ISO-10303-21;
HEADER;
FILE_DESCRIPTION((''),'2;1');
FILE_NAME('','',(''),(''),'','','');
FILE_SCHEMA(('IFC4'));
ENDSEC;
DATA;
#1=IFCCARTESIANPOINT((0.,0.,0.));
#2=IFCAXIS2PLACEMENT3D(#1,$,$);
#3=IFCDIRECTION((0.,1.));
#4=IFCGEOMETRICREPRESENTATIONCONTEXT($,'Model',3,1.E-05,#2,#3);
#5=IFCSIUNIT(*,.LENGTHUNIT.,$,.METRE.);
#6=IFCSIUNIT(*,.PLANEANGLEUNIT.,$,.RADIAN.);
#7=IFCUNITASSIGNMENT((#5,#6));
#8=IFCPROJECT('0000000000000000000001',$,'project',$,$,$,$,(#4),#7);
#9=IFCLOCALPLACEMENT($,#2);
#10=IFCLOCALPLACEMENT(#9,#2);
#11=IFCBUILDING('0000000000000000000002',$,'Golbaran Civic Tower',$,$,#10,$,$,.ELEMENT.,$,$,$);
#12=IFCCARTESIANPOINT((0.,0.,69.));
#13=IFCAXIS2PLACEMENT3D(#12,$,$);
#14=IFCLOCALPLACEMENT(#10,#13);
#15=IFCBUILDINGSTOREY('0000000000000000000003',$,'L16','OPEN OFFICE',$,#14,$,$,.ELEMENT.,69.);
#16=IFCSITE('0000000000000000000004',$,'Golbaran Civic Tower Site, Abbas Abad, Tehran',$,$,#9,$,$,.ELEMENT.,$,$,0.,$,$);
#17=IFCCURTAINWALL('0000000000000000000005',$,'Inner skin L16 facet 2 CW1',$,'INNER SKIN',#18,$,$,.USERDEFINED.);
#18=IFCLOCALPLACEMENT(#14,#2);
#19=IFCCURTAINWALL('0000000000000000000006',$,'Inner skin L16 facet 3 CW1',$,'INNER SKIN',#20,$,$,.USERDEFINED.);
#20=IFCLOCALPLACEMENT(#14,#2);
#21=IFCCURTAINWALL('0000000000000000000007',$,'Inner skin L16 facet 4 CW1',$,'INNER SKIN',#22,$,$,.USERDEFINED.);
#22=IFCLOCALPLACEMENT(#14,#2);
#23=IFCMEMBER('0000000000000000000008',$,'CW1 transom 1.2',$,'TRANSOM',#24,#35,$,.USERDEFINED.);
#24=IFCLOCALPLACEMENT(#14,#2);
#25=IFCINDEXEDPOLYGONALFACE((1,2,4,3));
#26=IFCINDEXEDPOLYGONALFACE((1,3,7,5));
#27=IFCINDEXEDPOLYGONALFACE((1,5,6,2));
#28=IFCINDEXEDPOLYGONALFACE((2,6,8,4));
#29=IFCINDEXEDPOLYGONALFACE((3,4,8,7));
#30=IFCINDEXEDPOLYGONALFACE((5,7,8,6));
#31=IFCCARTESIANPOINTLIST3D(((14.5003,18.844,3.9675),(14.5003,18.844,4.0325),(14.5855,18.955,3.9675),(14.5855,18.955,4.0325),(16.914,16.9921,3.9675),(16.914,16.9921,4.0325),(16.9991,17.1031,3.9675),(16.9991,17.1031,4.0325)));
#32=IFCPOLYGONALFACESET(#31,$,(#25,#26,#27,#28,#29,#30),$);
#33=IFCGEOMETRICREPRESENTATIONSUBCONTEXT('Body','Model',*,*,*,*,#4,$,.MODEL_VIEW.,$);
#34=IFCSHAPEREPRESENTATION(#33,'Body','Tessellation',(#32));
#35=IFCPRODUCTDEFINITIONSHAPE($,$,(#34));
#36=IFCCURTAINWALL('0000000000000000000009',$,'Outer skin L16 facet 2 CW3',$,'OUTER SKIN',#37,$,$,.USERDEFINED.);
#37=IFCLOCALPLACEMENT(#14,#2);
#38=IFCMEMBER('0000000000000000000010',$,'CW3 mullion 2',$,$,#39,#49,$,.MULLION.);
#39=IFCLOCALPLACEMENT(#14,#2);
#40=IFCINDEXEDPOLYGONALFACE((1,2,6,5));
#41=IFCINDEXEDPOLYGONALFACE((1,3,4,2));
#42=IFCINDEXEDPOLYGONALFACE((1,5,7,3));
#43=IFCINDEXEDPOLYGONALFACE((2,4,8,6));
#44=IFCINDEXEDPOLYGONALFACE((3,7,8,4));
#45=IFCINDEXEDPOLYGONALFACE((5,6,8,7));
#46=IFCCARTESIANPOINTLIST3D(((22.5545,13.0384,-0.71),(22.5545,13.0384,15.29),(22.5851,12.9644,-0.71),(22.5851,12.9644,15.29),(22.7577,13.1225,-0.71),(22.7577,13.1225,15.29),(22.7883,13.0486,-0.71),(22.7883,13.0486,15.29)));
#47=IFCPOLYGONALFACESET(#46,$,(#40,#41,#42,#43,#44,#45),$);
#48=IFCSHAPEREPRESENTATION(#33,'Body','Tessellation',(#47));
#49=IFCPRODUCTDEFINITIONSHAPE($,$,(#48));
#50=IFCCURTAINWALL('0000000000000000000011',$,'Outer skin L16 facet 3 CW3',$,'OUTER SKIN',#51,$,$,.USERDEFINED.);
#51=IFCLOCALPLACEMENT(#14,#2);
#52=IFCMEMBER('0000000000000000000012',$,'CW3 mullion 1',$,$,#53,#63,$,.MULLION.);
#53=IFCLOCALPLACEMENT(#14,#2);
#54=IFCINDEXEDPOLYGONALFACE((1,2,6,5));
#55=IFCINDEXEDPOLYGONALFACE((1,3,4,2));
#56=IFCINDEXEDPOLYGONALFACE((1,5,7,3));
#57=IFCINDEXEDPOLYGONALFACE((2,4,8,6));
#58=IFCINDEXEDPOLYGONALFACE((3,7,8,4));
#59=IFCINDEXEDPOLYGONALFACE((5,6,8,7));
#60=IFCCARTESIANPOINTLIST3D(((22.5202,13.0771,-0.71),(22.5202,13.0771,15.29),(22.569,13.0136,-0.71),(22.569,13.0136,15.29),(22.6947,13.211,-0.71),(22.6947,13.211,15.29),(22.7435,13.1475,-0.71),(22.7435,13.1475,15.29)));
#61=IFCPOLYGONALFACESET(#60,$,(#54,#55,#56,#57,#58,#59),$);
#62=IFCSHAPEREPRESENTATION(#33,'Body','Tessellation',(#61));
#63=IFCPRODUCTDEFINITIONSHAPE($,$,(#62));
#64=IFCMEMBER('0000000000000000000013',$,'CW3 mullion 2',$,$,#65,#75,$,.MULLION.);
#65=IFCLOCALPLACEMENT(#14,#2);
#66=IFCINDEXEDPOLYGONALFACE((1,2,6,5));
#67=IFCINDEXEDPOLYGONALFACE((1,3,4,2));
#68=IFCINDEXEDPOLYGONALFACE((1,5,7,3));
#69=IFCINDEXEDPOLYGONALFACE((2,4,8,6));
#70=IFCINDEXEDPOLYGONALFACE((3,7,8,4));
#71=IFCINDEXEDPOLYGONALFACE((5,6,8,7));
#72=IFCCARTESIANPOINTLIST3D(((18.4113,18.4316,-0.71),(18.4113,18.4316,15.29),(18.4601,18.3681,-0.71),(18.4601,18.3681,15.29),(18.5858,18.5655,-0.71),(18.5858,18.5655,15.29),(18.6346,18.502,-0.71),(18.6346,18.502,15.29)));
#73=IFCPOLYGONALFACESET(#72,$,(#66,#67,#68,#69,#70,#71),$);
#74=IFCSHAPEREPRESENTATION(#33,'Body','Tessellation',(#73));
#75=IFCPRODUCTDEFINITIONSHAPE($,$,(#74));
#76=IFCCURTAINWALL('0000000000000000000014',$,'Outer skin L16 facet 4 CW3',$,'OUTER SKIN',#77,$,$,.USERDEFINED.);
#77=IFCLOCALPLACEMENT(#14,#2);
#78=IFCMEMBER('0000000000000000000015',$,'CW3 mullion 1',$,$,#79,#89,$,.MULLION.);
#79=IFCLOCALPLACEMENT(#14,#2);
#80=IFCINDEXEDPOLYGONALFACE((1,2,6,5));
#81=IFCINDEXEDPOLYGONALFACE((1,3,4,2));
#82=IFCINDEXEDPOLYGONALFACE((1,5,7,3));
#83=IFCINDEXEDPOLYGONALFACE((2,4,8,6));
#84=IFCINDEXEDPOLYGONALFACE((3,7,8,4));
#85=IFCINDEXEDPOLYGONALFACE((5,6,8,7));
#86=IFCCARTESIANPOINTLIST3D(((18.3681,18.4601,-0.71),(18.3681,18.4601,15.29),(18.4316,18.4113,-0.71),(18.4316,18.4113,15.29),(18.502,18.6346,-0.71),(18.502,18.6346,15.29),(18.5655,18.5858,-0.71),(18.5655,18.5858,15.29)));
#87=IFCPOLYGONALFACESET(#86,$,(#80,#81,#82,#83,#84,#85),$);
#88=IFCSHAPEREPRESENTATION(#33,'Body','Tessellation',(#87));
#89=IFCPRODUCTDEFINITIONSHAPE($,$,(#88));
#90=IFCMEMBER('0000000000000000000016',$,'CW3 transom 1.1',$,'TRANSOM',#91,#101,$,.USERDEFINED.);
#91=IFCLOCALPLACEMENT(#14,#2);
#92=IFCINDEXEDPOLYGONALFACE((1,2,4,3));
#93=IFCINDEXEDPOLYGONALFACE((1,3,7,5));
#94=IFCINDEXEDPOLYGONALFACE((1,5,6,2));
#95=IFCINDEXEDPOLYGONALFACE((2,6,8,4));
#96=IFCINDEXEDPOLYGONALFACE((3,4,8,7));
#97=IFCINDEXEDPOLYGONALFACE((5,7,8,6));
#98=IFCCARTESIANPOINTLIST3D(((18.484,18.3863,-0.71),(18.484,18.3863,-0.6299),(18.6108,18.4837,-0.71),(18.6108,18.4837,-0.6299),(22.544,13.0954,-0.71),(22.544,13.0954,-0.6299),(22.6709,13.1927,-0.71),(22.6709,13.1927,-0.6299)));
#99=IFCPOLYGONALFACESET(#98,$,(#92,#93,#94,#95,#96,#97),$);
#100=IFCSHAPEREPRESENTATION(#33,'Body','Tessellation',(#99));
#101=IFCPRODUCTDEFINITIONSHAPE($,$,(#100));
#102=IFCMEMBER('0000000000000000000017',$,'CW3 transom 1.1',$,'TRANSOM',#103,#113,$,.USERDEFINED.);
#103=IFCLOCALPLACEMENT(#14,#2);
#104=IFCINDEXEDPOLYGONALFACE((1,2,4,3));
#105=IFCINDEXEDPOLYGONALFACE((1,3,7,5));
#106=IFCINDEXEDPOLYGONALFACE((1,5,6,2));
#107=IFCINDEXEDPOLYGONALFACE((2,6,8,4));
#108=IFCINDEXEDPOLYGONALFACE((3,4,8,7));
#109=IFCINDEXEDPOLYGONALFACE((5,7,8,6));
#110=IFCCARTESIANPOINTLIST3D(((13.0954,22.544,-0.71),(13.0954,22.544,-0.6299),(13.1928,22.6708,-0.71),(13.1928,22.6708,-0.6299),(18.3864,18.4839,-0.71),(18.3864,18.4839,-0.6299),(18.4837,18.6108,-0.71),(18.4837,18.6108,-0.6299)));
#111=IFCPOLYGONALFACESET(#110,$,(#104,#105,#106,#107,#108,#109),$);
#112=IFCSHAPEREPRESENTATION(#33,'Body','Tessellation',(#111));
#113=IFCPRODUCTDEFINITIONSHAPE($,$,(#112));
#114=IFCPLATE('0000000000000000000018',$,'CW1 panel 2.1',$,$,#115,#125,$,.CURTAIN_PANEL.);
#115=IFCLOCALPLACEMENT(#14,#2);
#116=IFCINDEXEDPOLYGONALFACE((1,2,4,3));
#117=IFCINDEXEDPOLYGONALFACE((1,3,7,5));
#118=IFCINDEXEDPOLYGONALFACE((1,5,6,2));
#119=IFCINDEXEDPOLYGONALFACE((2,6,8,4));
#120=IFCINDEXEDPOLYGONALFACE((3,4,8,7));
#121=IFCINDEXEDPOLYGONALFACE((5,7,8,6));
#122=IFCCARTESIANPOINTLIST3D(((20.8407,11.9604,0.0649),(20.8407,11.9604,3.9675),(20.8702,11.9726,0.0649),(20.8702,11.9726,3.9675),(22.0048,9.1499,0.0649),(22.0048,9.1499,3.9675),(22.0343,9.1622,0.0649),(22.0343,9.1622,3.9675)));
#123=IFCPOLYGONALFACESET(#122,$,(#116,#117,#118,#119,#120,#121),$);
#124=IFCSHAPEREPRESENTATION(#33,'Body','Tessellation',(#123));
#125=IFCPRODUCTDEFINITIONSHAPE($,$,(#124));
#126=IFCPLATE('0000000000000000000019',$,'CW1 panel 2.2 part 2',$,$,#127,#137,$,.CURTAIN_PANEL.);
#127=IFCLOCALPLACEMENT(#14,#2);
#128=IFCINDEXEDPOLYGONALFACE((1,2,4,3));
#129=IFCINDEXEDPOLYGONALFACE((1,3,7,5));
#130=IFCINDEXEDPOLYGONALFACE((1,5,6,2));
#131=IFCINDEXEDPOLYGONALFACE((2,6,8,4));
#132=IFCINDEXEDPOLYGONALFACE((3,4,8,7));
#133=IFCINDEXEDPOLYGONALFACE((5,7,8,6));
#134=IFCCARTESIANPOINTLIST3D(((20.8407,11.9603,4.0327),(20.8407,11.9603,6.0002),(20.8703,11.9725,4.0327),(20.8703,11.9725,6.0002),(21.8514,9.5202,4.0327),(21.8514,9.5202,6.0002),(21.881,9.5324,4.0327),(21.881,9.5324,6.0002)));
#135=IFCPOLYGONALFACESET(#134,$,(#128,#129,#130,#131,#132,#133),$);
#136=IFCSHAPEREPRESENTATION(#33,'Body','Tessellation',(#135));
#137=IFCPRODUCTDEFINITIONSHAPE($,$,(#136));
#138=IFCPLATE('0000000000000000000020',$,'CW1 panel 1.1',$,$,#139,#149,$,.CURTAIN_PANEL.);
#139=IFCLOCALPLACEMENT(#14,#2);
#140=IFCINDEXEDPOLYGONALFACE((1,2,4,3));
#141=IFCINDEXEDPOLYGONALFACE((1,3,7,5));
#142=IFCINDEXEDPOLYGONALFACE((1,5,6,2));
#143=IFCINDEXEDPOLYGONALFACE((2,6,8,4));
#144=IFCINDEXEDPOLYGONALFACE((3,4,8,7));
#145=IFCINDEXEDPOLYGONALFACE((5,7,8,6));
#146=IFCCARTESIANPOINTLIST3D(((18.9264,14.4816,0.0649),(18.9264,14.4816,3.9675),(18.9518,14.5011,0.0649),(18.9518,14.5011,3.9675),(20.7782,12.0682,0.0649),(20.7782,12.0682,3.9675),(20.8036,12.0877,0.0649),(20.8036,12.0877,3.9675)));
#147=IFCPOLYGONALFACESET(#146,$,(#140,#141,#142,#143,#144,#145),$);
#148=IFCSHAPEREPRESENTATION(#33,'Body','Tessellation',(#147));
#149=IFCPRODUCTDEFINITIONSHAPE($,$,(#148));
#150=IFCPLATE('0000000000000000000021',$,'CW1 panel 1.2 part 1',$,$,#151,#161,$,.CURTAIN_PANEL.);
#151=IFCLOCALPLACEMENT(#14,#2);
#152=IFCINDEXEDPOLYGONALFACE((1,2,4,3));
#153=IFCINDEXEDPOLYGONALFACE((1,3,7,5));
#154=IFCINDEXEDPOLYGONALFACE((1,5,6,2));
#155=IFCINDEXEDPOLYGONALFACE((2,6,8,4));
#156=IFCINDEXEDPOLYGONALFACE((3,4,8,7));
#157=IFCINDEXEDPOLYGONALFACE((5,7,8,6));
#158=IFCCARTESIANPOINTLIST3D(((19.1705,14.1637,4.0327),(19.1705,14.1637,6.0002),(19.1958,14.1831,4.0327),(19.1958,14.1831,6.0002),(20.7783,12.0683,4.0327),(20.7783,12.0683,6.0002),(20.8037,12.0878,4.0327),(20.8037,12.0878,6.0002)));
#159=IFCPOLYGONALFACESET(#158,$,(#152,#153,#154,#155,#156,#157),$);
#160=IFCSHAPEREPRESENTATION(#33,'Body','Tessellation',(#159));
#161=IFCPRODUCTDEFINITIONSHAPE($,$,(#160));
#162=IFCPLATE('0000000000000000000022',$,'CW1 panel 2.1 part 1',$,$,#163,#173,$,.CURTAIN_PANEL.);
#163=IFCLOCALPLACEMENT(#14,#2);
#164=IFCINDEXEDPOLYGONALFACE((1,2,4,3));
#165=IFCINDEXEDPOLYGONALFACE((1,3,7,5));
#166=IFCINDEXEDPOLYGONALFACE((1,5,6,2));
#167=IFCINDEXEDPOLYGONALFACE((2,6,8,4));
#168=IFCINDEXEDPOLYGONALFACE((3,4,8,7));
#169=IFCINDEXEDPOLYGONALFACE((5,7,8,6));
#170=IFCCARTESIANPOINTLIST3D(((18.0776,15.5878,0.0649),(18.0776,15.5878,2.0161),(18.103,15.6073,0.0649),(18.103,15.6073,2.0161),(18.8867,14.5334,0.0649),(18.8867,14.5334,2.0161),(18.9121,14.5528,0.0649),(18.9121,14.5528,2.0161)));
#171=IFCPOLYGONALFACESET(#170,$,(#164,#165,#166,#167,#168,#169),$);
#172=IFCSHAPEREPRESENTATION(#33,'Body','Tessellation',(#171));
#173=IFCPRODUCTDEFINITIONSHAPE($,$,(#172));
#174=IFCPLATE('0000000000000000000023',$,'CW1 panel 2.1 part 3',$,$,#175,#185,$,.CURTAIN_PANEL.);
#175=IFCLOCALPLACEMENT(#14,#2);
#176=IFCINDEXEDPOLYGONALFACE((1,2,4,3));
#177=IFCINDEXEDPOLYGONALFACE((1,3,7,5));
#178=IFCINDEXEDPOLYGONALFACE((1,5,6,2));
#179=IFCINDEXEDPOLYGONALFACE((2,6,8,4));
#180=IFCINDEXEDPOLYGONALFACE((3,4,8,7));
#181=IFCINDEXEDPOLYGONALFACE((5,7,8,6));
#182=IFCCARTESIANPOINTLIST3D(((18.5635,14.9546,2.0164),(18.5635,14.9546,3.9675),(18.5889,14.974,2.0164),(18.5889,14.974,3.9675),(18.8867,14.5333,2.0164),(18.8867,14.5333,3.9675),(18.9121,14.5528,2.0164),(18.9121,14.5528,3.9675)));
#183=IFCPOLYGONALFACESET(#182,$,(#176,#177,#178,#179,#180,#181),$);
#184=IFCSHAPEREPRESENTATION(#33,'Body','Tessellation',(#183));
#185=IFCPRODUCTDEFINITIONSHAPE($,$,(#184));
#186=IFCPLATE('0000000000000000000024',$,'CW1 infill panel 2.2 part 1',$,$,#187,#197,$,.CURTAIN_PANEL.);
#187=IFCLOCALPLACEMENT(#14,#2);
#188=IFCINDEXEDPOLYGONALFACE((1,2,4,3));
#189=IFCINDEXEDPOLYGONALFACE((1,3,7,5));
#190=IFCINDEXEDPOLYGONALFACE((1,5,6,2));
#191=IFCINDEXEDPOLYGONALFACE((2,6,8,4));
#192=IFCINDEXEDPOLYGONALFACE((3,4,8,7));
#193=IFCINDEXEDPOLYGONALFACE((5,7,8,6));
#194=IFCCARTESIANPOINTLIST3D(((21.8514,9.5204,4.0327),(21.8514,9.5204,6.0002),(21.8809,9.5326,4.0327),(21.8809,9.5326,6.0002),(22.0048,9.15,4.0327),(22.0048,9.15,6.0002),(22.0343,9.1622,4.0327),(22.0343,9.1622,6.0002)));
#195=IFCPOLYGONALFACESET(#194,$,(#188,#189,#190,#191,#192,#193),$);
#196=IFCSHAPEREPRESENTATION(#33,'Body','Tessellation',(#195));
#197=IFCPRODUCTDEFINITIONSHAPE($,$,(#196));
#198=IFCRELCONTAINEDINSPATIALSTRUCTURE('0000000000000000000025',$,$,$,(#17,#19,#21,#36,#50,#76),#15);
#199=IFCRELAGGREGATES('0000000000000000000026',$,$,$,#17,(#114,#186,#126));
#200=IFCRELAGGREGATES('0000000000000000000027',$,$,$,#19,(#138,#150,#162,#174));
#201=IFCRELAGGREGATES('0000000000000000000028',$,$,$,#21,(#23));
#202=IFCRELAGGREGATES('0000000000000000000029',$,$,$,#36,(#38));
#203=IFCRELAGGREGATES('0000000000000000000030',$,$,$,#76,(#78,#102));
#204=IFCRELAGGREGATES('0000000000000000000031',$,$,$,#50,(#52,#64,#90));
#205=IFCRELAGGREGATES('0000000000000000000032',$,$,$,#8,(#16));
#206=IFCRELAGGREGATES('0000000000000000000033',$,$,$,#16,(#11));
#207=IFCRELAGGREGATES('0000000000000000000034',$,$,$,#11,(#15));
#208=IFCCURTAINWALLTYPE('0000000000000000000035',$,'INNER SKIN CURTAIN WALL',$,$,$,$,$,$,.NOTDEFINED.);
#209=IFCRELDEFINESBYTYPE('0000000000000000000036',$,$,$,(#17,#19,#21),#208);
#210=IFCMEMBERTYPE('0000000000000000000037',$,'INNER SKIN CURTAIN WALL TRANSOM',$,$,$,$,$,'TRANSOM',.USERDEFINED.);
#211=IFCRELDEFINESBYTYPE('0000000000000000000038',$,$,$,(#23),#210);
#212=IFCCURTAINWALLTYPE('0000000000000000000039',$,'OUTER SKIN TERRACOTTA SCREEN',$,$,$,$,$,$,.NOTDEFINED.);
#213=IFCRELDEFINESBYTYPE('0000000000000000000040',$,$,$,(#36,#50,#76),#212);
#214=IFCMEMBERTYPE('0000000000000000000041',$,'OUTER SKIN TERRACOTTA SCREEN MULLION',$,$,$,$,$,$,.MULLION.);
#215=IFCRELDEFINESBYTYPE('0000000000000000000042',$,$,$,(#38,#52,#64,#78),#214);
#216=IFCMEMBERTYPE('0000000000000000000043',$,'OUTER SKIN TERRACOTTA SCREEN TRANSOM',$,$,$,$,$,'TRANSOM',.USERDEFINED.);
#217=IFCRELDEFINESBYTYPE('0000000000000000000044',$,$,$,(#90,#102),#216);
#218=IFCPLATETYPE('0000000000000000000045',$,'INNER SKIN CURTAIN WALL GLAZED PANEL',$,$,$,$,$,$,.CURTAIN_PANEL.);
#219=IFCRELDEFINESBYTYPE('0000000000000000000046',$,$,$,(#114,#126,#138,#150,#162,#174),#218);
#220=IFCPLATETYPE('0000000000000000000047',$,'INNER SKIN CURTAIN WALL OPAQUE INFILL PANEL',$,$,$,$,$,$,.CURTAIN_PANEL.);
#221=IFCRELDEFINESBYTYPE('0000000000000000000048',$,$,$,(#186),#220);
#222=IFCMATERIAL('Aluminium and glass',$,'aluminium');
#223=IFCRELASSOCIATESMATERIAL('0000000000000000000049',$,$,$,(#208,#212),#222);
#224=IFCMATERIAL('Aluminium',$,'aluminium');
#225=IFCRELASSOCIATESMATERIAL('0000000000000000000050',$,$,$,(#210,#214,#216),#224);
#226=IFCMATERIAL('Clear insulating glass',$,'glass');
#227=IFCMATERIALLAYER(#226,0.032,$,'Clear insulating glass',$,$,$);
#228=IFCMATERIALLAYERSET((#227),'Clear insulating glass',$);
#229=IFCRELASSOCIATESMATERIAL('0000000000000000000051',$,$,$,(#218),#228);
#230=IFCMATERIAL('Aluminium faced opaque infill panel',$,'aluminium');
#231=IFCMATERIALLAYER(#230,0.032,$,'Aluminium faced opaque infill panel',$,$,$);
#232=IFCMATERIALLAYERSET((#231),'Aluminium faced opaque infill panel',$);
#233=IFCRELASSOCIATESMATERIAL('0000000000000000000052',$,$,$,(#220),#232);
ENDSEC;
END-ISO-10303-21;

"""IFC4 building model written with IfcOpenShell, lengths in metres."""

from ifc_helpers import new_model, si_unit, direction, frame, origin, origin_2d, place, context, subcontext, project, spatial, rectangle, extrude, material, layer, layer_set, material_profile, profile_set, type_object, element, aggregate, save


model = new_model("IFC4")

# Units and contexts
model_context = context("Model", 3, precision=1e-05, world=origin(), true_north=direction((0.0, 1.0)))
body_context = subcontext(model_context, "Body", "Model", "MODEL_VIEW")
ifc_project = project(units=[si_unit("LENGTHUNIT", "METRE"), si_unit("PLANEANGLEUNIT", "RADIAN")], contexts=[model_context])

# Site, building, storey
site_placement = place(None, origin())
site = spatial("IfcSite", under=ifc_project, at=site_placement, Name="Golbaran Civic Tower Site, Abbas Abad, Tehran", CompositionType="ELEMENT", RefElevation=0.0)
building_placement = place(site_placement, origin())
building = spatial("IfcBuilding", under=site, at=building_placement, Name="Golbaran Civic Tower", CompositionType="ELEMENT")
storey_placement = place(building_placement, frame((0.0, 0.0, 69.0)))
storey = spatial("IfcBuildingStorey", under=building, at=storey_placement, Name="L16", Description="OPEN OFFICE", CompositionType="ELEMENT", Elevation=69.0)

# Curtain wall
ifc_material_1 = material(Name="Aluminium and glass", Category="aluminium")
curtain_wall_type_1 = type_object("IfcCurtainWallType", Name="INNER SKIN CURTAIN WALL", PredefinedType="NOTDEFINED", material=ifc_material_1)
curtain_wall_1_placement = place(storey_placement, origin())
curtain_wall_1 = element("IfcCurtainWall", 1, at=curtain_wall_1_placement, inside=storey, type_object=curtain_wall_type_1, Name="Inner skin L16 facet 2 CW1", ObjectType="INNER SKIN", PredefinedType="USERDEFINED")
ifc_material_2 = material(Name="Aluminium", Category="aluminium")

# Curtain wall
curtain_wall_2_placement = place(storey_placement, origin())
curtain_wall_2 = element("IfcCurtainWall", 2, at=curtain_wall_2_placement, inside=storey, type_object=curtain_wall_type_1, Name="Inner skin L16 facet 3 CW1", ObjectType="INNER SKIN", PredefinedType="USERDEFINED")

# Curtain wall
curtain_wall_3_placement = place(storey_placement, origin())
curtain_wall_3 = element("IfcCurtainWall", 3, at=curtain_wall_3_placement, inside=storey, type_object=curtain_wall_type_1, Name="Inner skin L16 facet 4 CW1", ObjectType="INNER SKIN", PredefinedType="USERDEFINED")

# Member
ifc_material_profile_1 = material_profile(ifc_material_2, rectangle(XDim=0.1399, YDim=0.0649, at=origin_2d()), Name="INNER SKIN CURTAIN WALL TRANSOM")
ifc_profile_set_1 = profile_set([ifc_material_profile_1], Name="Aluminium")
member_type_1 = type_object("IfcMemberType", Name="INNER SKIN CURTAIN WALL TRANSOM", ElementType="TRANSOM", PredefinedType="USERDEFINED", material=ifc_profile_set_1)
member_1_placement = place(storey_placement, frame((16.9565, 17.0476, 4.0), z_axis=(-0.793384, 0.608721, 0.0), x_axis=(-0.608721, -0.793384, 0.0)))
member_1 = element("IfcMember", 4, at=member_1_placement, type_object=member_type_1, Name="CW1 transom 1.2", ObjectType="TRANSOM", PredefinedType="USERDEFINED", context=body_context, shape_type="SweptSolid", body=[
    extrude(rectangle(XDim=0.1399, YDim=0.0649, at=origin_2d()), origin(), (0.0, 0.0, 1.0), 3.0422),
])

# Curtain wall, member
curtain_wall_type_2 = type_object("IfcCurtainWallType", Name="OUTER SKIN TERRACOTTA SCREEN", PredefinedType="NOTDEFINED", material=ifc_material_1)
curtain_wall_4_placement = place(storey_placement, origin())
curtain_wall_4 = element("IfcCurtainWall", 5, at=curtain_wall_4_placement, inside=storey, type_object=curtain_wall_type_2, Name="Outer skin L16 facet 2 CW3", ObjectType="OUTER SKIN", PredefinedType="USERDEFINED")
ifc_material_profile_2 = material_profile(ifc_material_2, rectangle(XDim=0.22, YDim=0.0801, at=origin_2d()), Name="OUTER SKIN TERRACOTTA SCREEN MULLION")
ifc_profile_set_2 = profile_set([ifc_material_profile_2], Name="Aluminium")
member_type_2 = type_object("IfcMemberType", Name="OUTER SKIN TERRACOTTA SCREEN MULLION", PredefinedType="MULLION", material=ifc_profile_set_2)
member_2_placement = place(storey_placement, frame((22.6714, 13.0435, -0.71), z_axis=(0.0, 0.0, 1.0), x_axis=(-0.92388, -0.382683, 0.0)))
member_2 = element("IfcMember", 6, at=member_2_placement, type_object=member_type_2, Name="CW3 mullion 2", PredefinedType="MULLION", context=body_context, shape_type="SweptSolid", body=[
    extrude(rectangle(XDim=0.22, YDim=0.0801, at=origin_2d()), origin(), (0.0, 0.0, 1.0), 16.0),
])

# Curtain wall, members
curtain_wall_5_placement = place(storey_placement, origin())
curtain_wall_5 = element("IfcCurtainWall", 7, at=curtain_wall_5_placement, inside=storey, type_object=curtain_wall_type_2, Name="Outer skin L16 facet 3 CW3", ObjectType="OUTER SKIN", PredefinedType="USERDEFINED")
member_3_placement = place(storey_placement, frame((22.6318, 13.1123, -0.71), z_axis=(0.0, 0.0, 1.0), x_axis=(-0.793353, -0.608761, 0.0)))
member_3 = element("IfcMember", 8, at=member_3_placement, type_object=member_type_2, Name="CW3 mullion 1", PredefinedType="MULLION", context=body_context, shape_type="SweptSolid", body=[
    extrude(rectangle(XDim=0.22, YDim=0.0801, at=origin_2d()), origin(), (0.0, 0.0, 1.0), 16.0),
])
member_4_placement = place(storey_placement, frame((18.5229, 18.4668, -0.71), z_axis=(0.0, 0.0, 1.0), x_axis=(-0.793353, -0.608761, 0.0)))
member_4 = element("IfcMember", 9, at=member_4_placement, type_object=member_type_2, Name="CW3 mullion 2", PredefinedType="MULLION", context=body_context, shape_type="SweptSolid", body=[
    extrude(rectangle(XDim=0.22, YDim=0.0801, at=origin_2d()), origin(), (0.0, 0.0, 1.0), 16.0),
])

# Curtain wall, member
curtain_wall_6_placement = place(storey_placement, origin())
curtain_wall_6 = element("IfcCurtainWall", 10, at=curtain_wall_6_placement, inside=storey, type_object=curtain_wall_type_2, Name="Outer skin L16 facet 4 CW3", ObjectType="OUTER SKIN", PredefinedType="USERDEFINED")
member_5_placement = place(storey_placement, frame((18.4668, 18.5229, -0.71), z_axis=(0.0, 0.0, 1.0), x_axis=(-0.608761, -0.793353, 0.0)))
member_5 = element("IfcMember", 11, at=member_5_placement, type_object=member_type_2, Name="CW3 mullion 1", PredefinedType="MULLION", context=body_context, shape_type="SweptSolid", body=[
    extrude(rectangle(XDim=0.22, YDim=0.0801, at=origin_2d()), origin(), (0.0, 0.0, 1.0), 16.0),
])

# Members
ifc_material_profile_3 = material_profile(ifc_material_2, rectangle(XDim=0.1599, YDim=0.0801, at=origin_2d()), Name="OUTER SKIN TERRACOTTA SCREEN TRANSOM")
ifc_profile_set_3 = profile_set([ifc_material_profile_3], Name="Aluminium")
member_type_3 = type_object("IfcMemberType", Name="OUTER SKIN TERRACOTTA SCREEN TRANSOM", ElementType="TRANSOM", PredefinedType="USERDEFINED", material=ifc_profile_set_3)
member_6_placement = place(storey_placement, frame((22.6074, 13.144, -0.6699), z_axis=(-0.608773, 0.793345, 0.0), x_axis=(-0.793345, -0.608773, 0.0)))
member_6 = element("IfcMember", 12, at=member_6_placement, type_object=member_type_3, Name="CW3 transom 1.1", ObjectType="TRANSOM", PredefinedType="USERDEFINED", context=body_context, shape_type="SweptSolid", body=[
    extrude(rectangle(XDim=0.1599, YDim=0.0801, at=origin_2d()), origin(), (0.0, 0.0, 1.0), 6.6692),
])
member_7_placement = place(storey_placement, frame((18.4351, 18.5474, -0.6699), z_axis=(-0.793345, 0.608773, 0.0), x_axis=(-0.608773, -0.793345, 0.0)))
member_7 = element("IfcMember", 13, at=member_7_placement, type_object=member_type_3, Name="CW3 transom 1.1", ObjectType="TRANSOM", PredefinedType="USERDEFINED", context=body_context, shape_type="SweptSolid", body=[
    extrude(rectangle(XDim=0.1599, YDim=0.0801, at=origin_2d()), origin(), (0.0, 0.0, 1.0), 6.6692),
])

# Plates
ifc_material_3 = material(Name="Clear insulating glass", Category="glass")
ifc_layer_1 = layer(ifc_material_3, 0.032, Name="Clear insulating glass")
ifc_layer_set_1 = layer_set([ifc_layer_1], Name="Clear insulating glass")
plate_type_1 = type_object("IfcPlateType", Name="INNER SKIN CURTAIN WALL GLAZED PANEL", PredefinedType="CURTAIN_PANEL", material=ifc_layer_set_1)
plate_1_placement = place(storey_placement, frame((21.4375, 10.5613, 0.0649), z_axis=(0.0, 0.0, 1.0), x_axis=(-0.382683, 0.92388, 0.0)))
plate_1 = element("IfcPlate", 14, at=plate_1_placement, type_object=plate_type_1, Name="CW1 panel 2.1", PredefinedType="CURTAIN_PANEL", context=body_context, shape_type="SweptSolid", body=[
    extrude(rectangle(XDim=3.042, YDim=0.032, at=origin_2d()), origin(), (0.0, 0.0, 1.0), 3.9026),
])
plate_2_placement = place(storey_placement, frame((21.3608, 10.7463, 4.0327), z_axis=(0.0, 0.0, 1.0), x_axis=(-0.382683, 0.92388, 0.0)))
plate_2 = element("IfcPlate", 15, at=plate_2_placement, type_object=plate_type_1, Name="CW1 panel 2.2 part 2", PredefinedType="CURTAIN_PANEL", context=body_context, shape_type="SweptSolid", body=[
    extrude(rectangle(XDim=2.6411, YDim=0.032, at=origin_2d()), origin(), (0.0, 0.0, 1.0), 1.9675),
])
plate_3_placement = place(storey_placement, frame((19.865, 13.2847, 0.0649), z_axis=(0.0, 0.0, 1.0), x_axis=(-0.608761, 0.793353, 0.0)))
plate_3 = element("IfcPlate", 16, at=plate_3_placement, type_object=plate_type_1, Name="CW1 panel 1.1", PredefinedType="CURTAIN_PANEL", context=body_context, shape_type="SweptSolid", body=[
    extrude(rectangle(XDim=3.042, YDim=0.032, at=origin_2d()), origin(), (0.0, 0.0, 1.0), 3.9026),
])
plate_4_placement = place(storey_placement, frame((19.9871, 13.1257, 4.0327), z_axis=(0.0, 0.0, 1.0), x_axis=(-0.608761, 0.793353, 0.0)))
plate_4 = element("IfcPlate", 17, at=plate_4_placement, type_object=plate_type_1, Name="CW1 panel 1.2 part 1", PredefinedType="CURTAIN_PANEL", context=body_context, shape_type="SweptSolid", body=[
    extrude(rectangle(XDim=2.6411, YDim=0.032, at=origin_2d()), origin(), (0.0, 0.0, 1.0), 1.9675),
])
plate_5_placement = place(storey_placement, frame((18.4949, 15.0703, 0.0649), z_axis=(0.0, 0.0, 1.0), x_axis=(-0.608761, 0.793353, 0.0)))
plate_5 = element("IfcPlate", 18, at=plate_5_placement, type_object=plate_type_1, Name="CW1 panel 2.1 part 1", PredefinedType="CURTAIN_PANEL", context=body_context, shape_type="SweptSolid", body=[
    extrude(rectangle(XDim=1.3291, YDim=0.032, at=origin_2d()), origin(), (0.0, 0.0, 1.0), 1.9512),
])
plate_6_placement = place(storey_placement, frame((18.7378, 14.7537, 2.0164), z_axis=(0.0, 0.0, 1.0), x_axis=(-0.608761, 0.793353, 0.0)))
plate_6 = element("IfcPlate", 19, at=plate_6_placement, type_object=plate_type_1, Name="CW1 panel 2.1 part 3", PredefinedType="CURTAIN_PANEL", context=body_context, shape_type="SweptSolid", body=[
    extrude(rectangle(XDim=0.531, YDim=0.032, at=origin_2d()), origin(), (0.0, 0.0, 1.0), 1.9512),
])
ifc_material_4 = material(Name="Aluminium faced opaque infill panel", Category="aluminium")
ifc_layer_2 = layer(ifc_material_4, 0.032, Name="Aluminium faced opaque infill panel")
ifc_layer_set_2 = layer_set([ifc_layer_2], Name="Aluminium faced opaque infill panel")
plate_type_2 = type_object("IfcPlateType", Name="INNER SKIN CURTAIN WALL OPAQUE INFILL PANEL", PredefinedType="CURTAIN_PANEL", material=ifc_layer_set_2)
plate_7_placement = place(storey_placement, frame((21.9429, 9.3413, 4.0327), z_axis=(0.0, 0.0, 1.0), x_axis=(-0.382683, 0.92388, 0.0)))
plate_7 = element("IfcPlate", 20, at=plate_7_placement, type_object=plate_type_2, Name="CW1 infill panel 2.2 part 1", PredefinedType="CURTAIN_PANEL", context=body_context, shape_type="SweptSolid", body=[
    extrude(rectangle(XDim=0.4009, YDim=0.032, at=origin_2d()), origin(), (0.0, 0.0, 1.0), 1.9675),
])
aggregate(curtain_wall_1, [plate_1, plate_7, plate_2])
aggregate(curtain_wall_2, [plate_3, plate_4, plate_5, plate_6])
aggregate(curtain_wall_3, [member_1])
aggregate(curtain_wall_4, [member_2])
aggregate(curtain_wall_6, [member_5, member_7])
aggregate(curtain_wall_5, [member_3, member_4, member_6])

save(model, "model.ifc")
